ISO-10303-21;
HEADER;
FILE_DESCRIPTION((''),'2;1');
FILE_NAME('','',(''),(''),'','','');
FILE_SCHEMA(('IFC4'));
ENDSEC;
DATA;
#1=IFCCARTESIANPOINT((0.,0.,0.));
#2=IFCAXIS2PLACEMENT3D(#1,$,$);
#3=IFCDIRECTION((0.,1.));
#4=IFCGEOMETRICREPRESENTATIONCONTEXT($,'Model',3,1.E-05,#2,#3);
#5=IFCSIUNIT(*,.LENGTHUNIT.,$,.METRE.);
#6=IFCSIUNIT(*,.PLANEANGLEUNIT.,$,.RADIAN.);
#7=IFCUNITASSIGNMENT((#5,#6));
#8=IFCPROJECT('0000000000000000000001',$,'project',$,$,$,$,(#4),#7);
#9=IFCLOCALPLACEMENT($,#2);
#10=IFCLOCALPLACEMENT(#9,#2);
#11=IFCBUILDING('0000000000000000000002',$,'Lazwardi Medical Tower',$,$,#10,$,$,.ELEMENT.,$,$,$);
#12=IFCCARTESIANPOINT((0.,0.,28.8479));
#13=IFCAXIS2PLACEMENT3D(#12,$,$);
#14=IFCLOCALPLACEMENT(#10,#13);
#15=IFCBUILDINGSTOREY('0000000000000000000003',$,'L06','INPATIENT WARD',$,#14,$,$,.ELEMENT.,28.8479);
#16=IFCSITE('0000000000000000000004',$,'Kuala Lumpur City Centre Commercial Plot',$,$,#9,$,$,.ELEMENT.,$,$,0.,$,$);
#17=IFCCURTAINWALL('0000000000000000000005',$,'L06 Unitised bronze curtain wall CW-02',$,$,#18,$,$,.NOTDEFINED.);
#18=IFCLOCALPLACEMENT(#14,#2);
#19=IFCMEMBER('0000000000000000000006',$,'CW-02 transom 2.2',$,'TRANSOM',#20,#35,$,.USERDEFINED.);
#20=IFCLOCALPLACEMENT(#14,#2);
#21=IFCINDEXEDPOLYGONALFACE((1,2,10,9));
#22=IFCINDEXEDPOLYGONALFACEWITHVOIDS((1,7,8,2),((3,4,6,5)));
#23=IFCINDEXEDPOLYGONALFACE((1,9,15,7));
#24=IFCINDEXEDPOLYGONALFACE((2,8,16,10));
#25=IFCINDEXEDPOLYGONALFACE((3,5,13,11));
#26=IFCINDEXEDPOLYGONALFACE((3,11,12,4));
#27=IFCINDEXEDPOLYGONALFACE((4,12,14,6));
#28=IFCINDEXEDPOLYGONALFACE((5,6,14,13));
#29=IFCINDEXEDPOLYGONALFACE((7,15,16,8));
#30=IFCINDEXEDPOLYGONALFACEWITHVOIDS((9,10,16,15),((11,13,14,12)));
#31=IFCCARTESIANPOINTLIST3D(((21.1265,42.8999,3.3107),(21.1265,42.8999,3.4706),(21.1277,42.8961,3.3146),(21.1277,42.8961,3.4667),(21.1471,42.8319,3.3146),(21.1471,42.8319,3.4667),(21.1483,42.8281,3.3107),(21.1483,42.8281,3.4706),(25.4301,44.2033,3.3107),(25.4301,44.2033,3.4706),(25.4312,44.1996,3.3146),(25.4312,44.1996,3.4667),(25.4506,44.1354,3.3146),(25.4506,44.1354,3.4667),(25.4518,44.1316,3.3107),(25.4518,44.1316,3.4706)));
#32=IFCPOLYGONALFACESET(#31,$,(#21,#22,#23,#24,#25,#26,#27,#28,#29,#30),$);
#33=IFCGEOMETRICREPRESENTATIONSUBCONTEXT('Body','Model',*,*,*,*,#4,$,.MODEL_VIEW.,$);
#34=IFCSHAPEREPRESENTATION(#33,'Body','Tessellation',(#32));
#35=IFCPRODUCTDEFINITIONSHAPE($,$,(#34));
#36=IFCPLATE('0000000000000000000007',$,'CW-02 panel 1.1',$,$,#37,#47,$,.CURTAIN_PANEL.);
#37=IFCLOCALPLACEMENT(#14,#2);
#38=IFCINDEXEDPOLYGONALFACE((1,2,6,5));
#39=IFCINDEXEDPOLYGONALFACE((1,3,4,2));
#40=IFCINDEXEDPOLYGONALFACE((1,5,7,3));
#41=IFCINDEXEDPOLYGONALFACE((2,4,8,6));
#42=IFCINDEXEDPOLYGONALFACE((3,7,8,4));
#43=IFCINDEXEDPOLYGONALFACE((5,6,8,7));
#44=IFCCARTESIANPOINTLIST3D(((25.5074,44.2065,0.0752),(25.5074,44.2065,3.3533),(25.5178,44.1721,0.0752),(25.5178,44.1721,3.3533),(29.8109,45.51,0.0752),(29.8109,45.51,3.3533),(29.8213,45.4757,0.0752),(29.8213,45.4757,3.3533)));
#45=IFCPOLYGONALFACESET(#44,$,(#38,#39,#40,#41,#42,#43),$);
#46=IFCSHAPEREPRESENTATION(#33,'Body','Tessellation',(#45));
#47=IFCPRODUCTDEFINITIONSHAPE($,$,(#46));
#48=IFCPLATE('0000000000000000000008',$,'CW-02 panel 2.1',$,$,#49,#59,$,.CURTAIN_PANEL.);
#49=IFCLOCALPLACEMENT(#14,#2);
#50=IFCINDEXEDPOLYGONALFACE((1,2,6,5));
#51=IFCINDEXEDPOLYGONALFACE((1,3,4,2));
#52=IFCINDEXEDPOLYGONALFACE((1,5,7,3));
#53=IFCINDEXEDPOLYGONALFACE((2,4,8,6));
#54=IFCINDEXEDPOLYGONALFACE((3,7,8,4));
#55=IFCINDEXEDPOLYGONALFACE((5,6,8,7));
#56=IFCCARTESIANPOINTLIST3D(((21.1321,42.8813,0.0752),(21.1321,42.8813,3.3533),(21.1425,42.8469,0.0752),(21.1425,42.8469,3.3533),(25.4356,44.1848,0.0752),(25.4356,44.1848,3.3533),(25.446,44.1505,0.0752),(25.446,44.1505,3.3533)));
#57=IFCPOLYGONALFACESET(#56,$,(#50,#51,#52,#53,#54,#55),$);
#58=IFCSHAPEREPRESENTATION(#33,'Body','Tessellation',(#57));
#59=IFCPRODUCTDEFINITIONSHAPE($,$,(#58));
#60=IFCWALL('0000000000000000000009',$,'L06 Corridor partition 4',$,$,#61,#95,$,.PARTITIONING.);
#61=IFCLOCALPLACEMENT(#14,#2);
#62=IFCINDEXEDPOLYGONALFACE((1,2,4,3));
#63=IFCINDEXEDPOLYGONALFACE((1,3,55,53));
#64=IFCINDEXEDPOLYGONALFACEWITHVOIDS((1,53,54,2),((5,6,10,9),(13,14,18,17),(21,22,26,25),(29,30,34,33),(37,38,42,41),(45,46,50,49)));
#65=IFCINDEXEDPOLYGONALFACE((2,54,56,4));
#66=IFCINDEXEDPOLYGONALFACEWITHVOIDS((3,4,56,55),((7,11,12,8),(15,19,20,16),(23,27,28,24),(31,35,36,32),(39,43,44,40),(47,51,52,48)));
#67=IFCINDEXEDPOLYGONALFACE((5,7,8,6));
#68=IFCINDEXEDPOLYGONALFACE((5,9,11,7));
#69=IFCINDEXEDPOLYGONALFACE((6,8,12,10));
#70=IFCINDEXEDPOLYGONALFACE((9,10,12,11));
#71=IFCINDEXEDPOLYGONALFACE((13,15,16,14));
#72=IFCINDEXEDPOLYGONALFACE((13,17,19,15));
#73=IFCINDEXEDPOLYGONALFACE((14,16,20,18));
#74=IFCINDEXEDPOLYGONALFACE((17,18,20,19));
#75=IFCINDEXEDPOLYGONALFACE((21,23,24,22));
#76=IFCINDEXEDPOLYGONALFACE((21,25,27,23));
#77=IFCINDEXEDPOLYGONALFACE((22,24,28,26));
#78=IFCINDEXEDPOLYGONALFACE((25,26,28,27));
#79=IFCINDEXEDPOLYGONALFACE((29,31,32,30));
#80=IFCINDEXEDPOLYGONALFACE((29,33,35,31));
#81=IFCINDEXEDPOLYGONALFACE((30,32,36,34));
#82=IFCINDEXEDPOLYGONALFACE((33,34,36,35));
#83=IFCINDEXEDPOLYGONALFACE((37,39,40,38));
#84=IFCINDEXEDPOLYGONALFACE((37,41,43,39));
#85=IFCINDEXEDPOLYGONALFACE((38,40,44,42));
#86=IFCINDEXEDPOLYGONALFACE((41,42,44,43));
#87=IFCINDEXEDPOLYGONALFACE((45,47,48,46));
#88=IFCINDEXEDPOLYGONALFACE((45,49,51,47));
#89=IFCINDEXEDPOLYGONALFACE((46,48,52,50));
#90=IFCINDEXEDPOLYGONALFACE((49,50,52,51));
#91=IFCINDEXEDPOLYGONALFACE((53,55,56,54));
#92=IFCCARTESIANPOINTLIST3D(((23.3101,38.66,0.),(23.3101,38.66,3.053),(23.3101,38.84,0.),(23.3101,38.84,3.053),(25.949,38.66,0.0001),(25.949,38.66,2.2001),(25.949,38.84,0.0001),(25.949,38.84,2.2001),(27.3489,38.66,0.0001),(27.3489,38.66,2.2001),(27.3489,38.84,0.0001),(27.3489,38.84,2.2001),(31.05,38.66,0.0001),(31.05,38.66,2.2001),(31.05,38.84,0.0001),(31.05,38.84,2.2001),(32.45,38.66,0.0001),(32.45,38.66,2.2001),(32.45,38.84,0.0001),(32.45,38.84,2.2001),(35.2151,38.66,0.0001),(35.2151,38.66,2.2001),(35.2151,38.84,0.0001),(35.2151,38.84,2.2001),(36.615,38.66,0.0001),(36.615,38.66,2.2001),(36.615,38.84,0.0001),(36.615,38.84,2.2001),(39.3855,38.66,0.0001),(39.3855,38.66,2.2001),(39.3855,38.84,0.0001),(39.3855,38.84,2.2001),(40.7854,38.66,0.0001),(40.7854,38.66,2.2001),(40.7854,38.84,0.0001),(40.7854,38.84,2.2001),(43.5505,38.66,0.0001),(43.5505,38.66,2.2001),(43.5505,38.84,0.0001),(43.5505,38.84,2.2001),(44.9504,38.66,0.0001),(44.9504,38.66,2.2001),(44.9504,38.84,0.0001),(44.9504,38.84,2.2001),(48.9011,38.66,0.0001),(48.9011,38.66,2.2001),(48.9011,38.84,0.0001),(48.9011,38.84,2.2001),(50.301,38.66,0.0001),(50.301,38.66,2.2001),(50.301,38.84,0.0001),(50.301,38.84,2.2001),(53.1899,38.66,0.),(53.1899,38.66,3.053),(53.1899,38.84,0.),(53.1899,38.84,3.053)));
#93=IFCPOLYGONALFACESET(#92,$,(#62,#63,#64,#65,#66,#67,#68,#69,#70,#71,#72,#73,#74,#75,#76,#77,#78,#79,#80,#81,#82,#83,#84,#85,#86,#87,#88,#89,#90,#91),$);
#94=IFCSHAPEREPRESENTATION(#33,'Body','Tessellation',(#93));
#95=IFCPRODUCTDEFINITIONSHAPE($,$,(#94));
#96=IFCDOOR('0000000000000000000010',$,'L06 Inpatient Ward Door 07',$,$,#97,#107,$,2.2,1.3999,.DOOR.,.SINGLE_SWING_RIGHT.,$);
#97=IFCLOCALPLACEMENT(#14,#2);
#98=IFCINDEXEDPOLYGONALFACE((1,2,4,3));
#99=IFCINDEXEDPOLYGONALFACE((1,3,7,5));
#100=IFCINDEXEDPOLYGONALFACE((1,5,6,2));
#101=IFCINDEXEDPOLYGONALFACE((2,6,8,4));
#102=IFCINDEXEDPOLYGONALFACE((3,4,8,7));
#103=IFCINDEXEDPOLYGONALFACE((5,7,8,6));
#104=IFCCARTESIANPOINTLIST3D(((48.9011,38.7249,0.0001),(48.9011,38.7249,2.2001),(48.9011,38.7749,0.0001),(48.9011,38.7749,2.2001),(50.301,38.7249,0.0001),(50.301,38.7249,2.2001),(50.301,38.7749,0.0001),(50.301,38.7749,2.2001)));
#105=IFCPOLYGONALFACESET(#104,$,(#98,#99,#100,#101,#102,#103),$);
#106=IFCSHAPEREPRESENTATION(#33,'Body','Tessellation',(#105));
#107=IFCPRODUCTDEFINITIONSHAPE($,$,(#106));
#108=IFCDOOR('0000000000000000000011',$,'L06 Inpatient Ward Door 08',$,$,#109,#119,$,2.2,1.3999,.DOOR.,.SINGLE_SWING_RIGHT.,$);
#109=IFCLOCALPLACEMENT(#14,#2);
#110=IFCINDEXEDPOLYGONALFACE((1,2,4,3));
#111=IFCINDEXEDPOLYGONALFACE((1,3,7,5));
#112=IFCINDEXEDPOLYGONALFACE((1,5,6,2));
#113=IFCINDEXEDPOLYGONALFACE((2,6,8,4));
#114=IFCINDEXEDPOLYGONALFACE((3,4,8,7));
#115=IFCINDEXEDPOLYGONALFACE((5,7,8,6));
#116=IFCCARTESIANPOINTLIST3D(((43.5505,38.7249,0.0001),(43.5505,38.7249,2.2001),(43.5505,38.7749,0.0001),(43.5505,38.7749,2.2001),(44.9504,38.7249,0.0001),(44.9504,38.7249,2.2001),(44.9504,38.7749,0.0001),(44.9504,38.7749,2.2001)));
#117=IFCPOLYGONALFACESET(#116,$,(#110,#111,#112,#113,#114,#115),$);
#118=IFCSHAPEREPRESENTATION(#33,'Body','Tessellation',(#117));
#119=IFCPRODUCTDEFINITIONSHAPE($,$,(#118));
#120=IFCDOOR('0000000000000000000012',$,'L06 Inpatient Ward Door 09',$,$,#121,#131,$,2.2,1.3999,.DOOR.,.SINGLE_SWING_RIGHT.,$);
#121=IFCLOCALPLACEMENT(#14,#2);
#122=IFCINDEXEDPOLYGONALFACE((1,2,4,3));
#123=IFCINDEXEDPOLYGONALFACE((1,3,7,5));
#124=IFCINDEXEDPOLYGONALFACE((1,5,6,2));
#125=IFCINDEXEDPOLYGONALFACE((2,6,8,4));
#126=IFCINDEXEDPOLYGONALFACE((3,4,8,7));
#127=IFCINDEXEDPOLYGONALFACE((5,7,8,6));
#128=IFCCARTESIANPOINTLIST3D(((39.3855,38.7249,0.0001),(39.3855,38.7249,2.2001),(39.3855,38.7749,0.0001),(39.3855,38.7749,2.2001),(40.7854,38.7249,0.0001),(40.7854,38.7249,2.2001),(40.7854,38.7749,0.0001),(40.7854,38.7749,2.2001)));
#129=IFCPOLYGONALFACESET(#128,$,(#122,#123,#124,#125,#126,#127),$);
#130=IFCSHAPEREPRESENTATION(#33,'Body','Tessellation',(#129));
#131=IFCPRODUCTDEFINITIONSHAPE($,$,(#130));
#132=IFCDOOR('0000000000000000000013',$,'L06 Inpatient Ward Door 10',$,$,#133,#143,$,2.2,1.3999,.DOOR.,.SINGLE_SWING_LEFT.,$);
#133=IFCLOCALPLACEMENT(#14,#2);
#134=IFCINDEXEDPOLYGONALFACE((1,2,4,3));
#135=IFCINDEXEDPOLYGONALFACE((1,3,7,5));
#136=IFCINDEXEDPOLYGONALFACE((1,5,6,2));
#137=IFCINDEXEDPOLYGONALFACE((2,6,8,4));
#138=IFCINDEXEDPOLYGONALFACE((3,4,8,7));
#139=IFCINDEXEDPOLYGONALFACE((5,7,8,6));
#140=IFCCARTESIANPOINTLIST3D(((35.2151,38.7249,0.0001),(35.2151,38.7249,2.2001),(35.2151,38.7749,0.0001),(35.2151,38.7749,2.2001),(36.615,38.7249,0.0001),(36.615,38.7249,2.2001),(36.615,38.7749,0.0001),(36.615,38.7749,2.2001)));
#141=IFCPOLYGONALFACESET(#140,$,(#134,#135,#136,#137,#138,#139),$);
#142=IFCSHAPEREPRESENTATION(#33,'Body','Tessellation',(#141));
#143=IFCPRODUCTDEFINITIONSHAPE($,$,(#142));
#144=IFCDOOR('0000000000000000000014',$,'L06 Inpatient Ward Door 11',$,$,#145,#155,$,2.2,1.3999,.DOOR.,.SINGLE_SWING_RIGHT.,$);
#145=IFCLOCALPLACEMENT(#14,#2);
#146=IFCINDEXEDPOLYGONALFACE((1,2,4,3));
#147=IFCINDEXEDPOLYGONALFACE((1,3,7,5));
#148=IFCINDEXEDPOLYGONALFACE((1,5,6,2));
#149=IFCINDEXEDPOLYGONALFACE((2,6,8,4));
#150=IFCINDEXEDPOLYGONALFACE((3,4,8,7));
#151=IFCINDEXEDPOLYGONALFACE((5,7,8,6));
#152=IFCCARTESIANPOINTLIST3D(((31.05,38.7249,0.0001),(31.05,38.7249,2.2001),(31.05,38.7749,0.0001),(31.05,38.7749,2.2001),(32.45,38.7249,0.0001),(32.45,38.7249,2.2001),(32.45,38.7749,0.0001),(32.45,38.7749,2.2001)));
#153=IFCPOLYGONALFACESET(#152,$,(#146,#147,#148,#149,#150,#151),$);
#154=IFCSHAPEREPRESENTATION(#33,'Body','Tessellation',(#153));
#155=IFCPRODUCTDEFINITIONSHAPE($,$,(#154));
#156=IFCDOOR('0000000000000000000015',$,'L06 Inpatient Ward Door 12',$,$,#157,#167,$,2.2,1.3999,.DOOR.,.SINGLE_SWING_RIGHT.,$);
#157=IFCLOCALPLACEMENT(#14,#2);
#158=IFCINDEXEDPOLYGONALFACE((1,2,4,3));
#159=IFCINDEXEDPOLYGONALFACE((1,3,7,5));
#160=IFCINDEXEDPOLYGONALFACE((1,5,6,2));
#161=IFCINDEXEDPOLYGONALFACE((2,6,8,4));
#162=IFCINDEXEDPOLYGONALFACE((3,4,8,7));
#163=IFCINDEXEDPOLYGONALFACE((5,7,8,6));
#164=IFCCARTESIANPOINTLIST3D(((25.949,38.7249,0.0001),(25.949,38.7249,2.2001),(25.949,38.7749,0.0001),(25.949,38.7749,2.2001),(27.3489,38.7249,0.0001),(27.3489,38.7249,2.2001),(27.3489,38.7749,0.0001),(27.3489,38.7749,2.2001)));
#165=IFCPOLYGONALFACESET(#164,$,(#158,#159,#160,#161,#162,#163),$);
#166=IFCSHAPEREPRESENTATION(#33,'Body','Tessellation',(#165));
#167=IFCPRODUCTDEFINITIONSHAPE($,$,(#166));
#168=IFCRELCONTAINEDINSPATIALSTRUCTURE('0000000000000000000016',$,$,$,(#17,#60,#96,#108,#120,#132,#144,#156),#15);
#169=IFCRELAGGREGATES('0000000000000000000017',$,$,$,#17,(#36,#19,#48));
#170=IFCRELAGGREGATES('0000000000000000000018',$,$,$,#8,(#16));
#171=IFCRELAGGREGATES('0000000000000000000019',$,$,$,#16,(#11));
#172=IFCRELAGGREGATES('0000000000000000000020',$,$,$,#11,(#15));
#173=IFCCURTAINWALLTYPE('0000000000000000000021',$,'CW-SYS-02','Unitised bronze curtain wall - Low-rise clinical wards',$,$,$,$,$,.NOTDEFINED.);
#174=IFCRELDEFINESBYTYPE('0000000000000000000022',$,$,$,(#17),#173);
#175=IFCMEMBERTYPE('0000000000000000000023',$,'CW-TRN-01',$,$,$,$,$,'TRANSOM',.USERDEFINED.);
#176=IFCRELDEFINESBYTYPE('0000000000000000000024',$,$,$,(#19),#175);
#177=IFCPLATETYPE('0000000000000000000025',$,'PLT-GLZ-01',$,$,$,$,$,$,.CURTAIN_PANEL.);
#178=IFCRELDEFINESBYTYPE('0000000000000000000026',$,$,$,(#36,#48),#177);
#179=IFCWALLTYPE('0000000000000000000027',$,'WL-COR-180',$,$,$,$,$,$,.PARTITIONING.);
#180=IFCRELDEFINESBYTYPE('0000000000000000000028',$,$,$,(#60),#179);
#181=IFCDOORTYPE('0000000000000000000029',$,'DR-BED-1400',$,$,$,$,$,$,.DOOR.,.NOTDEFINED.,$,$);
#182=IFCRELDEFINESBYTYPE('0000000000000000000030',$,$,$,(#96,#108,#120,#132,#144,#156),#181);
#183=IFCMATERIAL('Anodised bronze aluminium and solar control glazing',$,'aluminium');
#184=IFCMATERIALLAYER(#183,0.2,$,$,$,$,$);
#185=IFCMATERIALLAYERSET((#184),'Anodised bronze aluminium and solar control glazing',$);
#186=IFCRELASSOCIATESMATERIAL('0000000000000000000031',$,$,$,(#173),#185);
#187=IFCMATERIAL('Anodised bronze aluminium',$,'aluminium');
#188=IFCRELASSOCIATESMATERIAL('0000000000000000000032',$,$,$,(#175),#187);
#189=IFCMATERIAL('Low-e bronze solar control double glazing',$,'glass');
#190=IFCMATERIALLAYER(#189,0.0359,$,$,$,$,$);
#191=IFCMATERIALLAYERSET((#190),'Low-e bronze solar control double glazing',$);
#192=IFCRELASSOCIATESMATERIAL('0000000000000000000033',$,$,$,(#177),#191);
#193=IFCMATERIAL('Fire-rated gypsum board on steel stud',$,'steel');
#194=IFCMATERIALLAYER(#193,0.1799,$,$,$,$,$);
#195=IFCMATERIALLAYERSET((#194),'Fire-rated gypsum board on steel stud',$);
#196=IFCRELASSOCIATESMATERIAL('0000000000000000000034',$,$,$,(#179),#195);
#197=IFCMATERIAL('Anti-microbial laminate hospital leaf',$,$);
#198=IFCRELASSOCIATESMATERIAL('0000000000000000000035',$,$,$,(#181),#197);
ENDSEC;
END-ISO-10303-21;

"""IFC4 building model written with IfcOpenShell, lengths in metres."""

from ifc_helpers import new_model, si_unit, direction, frame, frame_2d, origin, origin_2d, place, context, subcontext, project, spatial, rectangle, hollow_rectangle, extrude, material, layer, layer_set, material_profile, profile_set, type_object, element, fill, aggregate, save


model = new_model("IFC4")

# Units and contexts
model_context = context("Model", 3, precision=1e-05, world=origin(), true_north=direction((0.0, 1.0)))
body_context = subcontext(model_context, "Body", "Model", "MODEL_VIEW")
ifc_project = project(units=[si_unit("LENGTHUNIT", "METRE"), si_unit("PLANEANGLEUNIT", "RADIAN")], contexts=[model_context])

# Site, building, storey
site_placement = place(None, origin())
site = spatial("IfcSite", under=ifc_project, at=site_placement, Name="Kuala Lumpur City Centre Commercial Plot", CompositionType="ELEMENT", RefElevation=0.0)
building_placement = place(site_placement, origin())
building = spatial("IfcBuilding", under=site, at=building_placement, Name="Lazwardi Medical Tower", CompositionType="ELEMENT")
storey_placement = place(building_placement, frame((0.0, 0.0, 28.8479)))
storey = spatial("IfcBuildingStorey", under=building, at=storey_placement, Name="L06", Description="INPATIENT WARD", CompositionType="ELEMENT", Elevation=28.8479)

# Curtain wall, member, plates
ifc_material_1 = material(Name="Anodised bronze aluminium and solar control glazing", Category="aluminium")
ifc_layer_1 = layer(ifc_material_1, 0.2)
ifc_layer_set_1 = layer_set([ifc_layer_1], Name="Anodised bronze aluminium and solar control glazing")
curtain_wall_type = type_object("IfcCurtainWallType", Name="CW-SYS-02", Description="Unitised bronze curtain wall - Low-rise clinical wards", PredefinedType="NOTDEFINED", material=ifc_layer_set_1)
curtain_wall_placement = place(storey_placement, origin())
curtain_wall = element("IfcCurtainWall", 1, at=curtain_wall_placement, inside=storey, type_object=curtain_wall_type, Name="L06 Unitised bronze curtain wall CW-02", PredefinedType="NOTDEFINED")
ifc_material_2 = material(Name="Anodised bronze aluminium", Category="aluminium")
ifc_material_profile_1 = material_profile(ifc_material_2, hollow_rectangle(XDim=0.075, YDim=0.1599, WallThickness=0.0039, at=origin_2d()), Name="ALU-TRANSOM 160x75x4")
ifc_profile_set_1 = profile_set([ifc_material_profile_1], Name="Anodised bronze aluminium")
member_type_1 = type_object("IfcMemberType", Name="CW-TRN-01", ElementType="TRANSOM", PredefinedType="USERDEFINED", material=ifc_profile_set_1)
member_1_placement = place(storey_placement, frame((25.4409, 44.1675, 3.3906), z_axis=(-0.957062, -0.289882, 0.0), x_axis=(0.289882, -0.957062, 0.0)))
member_1 = element("IfcMember", 2, at=member_1_placement, type_object=member_type_1, Name="CW-02 transom 2.2", ObjectType="TRANSOM", PredefinedType="USERDEFINED", context=body_context, shape_type="SweptSolid", body=[
    extrude(hollow_rectangle(XDim=0.075, YDim=0.1599, WallThickness=0.0039, at=origin_2d()), origin(), (0.0, 0.0, 1.0), 4.4966),
])
ifc_material_3 = material(Name="Low-e bronze solar control double glazing", Category="glass")
ifc_layer_2 = layer(ifc_material_3, 0.0359)
ifc_layer_set_2 = layer_set([ifc_layer_2], Name="Low-e bronze solar control double glazing")
plate_type = type_object("IfcPlateType", Name="PLT-GLZ-01", PredefinedType="CURTAIN_PANEL", material=ifc_layer_set_2)
plate_1_placement = place(storey_placement, frame((27.6643, 44.8411, 0.0752), z_axis=(0.0, 0.0, 1.0), x_axis=(-0.957058, -0.289896, 0.0)))
plate_1 = element("IfcPlate", 3, at=plate_1_placement, type_object=plate_type, Name="CW-02 panel 1.1", PredefinedType="CURTAIN_PANEL", context=body_context, shape_type="SweptSolid", body=[
    extrude(rectangle(XDim=4.4966, YDim=0.0359, at=origin_2d()), origin(), (0.0, 0.0, 1.0), 3.2781),
])
plate_2_placement = place(storey_placement, frame((23.2891, 43.5159, 0.0752), z_axis=(0.0, 0.0, 1.0), x_axis=(-0.957058, -0.289896, 0.0)))
plate_2 = element("IfcPlate", 4, at=plate_2_placement, type_object=plate_type, Name="CW-02 panel 2.1", PredefinedType="CURTAIN_PANEL", context=body_context, shape_type="SweptSolid", body=[
    extrude(rectangle(XDim=4.4966, YDim=0.0359, at=origin_2d()), origin(), (0.0, 0.0, 1.0), 3.2781),
])
aggregate(curtain_wall, [plate_1, member_1, plate_2])

# Wall, openings, doors
ifc_material_4 = material(Name="Fire-rated gypsum board on steel stud", Category="steel")
ifc_layer_3 = layer(ifc_material_4, 0.1799)
ifc_layer_set_3 = layer_set([ifc_layer_3], Name="Fire-rated gypsum board on steel stud")
wall_type_1 = type_object("IfcWallType", Name="WL-COR-180", PredefinedType="PARTITIONING", material=ifc_layer_set_3)
wall_1_placement = place(storey_placement, frame((23.3101, 38.75, 0.0), z_axis=(0.0, 0.0, 1.0), x_axis=(1.0, 0.0, 0.0)))
wall_1 = element("IfcWall", 5, at=wall_1_placement, inside=storey, type_object=wall_type_1, Name="L06 Corridor partition 4", PredefinedType="PARTITIONING", context=body_context, shape_type="SweptSolid", body=[
    extrude(rectangle(XDim=29.8799, YDim=0.1799, at=frame_2d((14.9399, 0.0))), origin(), (0.0, 0.0, 1.0), 3.053),
])
opening_1_placement = place(wall_1_placement, frame((25.5911, 0.0, 0.0)))
opening_1 = element("IfcOpeningElement", 6, at=opening_1_placement, cuts=wall_1, PredefinedType="OPENING", context=body_context, shape_type="SweptSolid", body=[
    extrude(rectangle(XDim=1.3999, YDim=2.2, at=frame_2d((0.7, 1.1001))), frame((0.0, 0.0999, 0.0), z_axis=(0.0, -1.0, 0.0), x_axis=(1.0, 0.0, 0.0)), (0.0, 0.0, 1.0), 0.2),
])
opening_2_placement = place(wall_1_placement, frame((20.2405, 0.0, 0.0)))
opening_2 = element("IfcOpeningElement", 7, at=opening_2_placement, cuts=wall_1, PredefinedType="OPENING", context=body_context, shape_type="SweptSolid", body=[
    extrude(rectangle(XDim=1.3999, YDim=2.2, at=frame_2d((0.7, 1.1001))), frame((0.0, 0.0999, 0.0), z_axis=(0.0, -1.0, 0.0), x_axis=(1.0, 0.0, 0.0)), (0.0, 0.0, 1.0), 0.2),
])
opening_3_placement = place(wall_1_placement, frame((16.0754, 0.0, 0.0)))
opening_3 = element("IfcOpeningElement", 8, at=opening_3_placement, cuts=wall_1, PredefinedType="OPENING", context=body_context, shape_type="SweptSolid", body=[
    extrude(rectangle(XDim=1.3999, YDim=2.2, at=frame_2d((0.7, 1.1001))), frame((0.0, 0.0999, 0.0), z_axis=(0.0, -1.0, 0.0), x_axis=(1.0, 0.0, 0.0)), (0.0, 0.0, 1.0), 0.2),
])
opening_4_placement = place(wall_1_placement, frame((11.905, 0.0, 0.0)))
opening_4 = element("IfcOpeningElement", 9, at=opening_4_placement, cuts=wall_1, PredefinedType="OPENING", context=body_context, shape_type="SweptSolid", body=[
    extrude(rectangle(XDim=1.3999, YDim=2.2, at=frame_2d((0.7, 1.1001))), frame((0.0, 0.0999, 0.0), z_axis=(0.0, -1.0, 0.0), x_axis=(1.0, 0.0, 0.0)), (0.0, 0.0, 1.0), 0.2),
])
opening_5_placement = place(wall_1_placement, frame((7.74, 0.0, 0.0)))
opening_5 = element("IfcOpeningElement", 10, at=opening_5_placement, cuts=wall_1, PredefinedType="OPENING", context=body_context, shape_type="SweptSolid", body=[
    extrude(rectangle(XDim=1.3999, YDim=2.2, at=frame_2d((0.7, 1.1001))), frame((0.0, 0.0999, 0.0), z_axis=(0.0, -1.0, 0.0), x_axis=(1.0, 0.0, 0.0)), (0.0, 0.0, 1.0), 0.2),
])
opening_6_placement = place(wall_1_placement, frame((2.6389, 0.0, 0.0)))
opening_6 = element("IfcOpeningElement", 11, at=opening_6_placement, cuts=wall_1, PredefinedType="OPENING", context=body_context, shape_type="SweptSolid", body=[
    extrude(rectangle(XDim=1.3999, YDim=2.2, at=frame_2d((0.7, 1.1001))), frame((0.0, 0.0999, 0.0), z_axis=(0.0, -1.0, 0.0), x_axis=(1.0, 0.0, 0.0)), (0.0, 0.0, 1.0), 0.2),
])
ifc_material_5 = material(Name="Anti-microbial laminate hospital leaf")
door_type = type_object("IfcDoorType", Name="DR-BED-1400", OperationType="NOTDEFINED", PredefinedType="DOOR", material=ifc_material_5)
door_1_placement = place(opening_1_placement, origin())
door_1 = element("IfcDoor", 12, at=door_1_placement, inside=storey, type_object=door_type, Name="L06 Inpatient Ward Door 07", OperationType="SINGLE_SWING_RIGHT", OverallHeight=2.2, OverallWidth=1.3999, PredefinedType="DOOR", context=body_context, shape_type="SweptSolid", body=[
    extrude(rectangle(XDim=1.3999, YDim=2.2, at=frame_2d((0.7, 1.1001))), frame((0.0, 0.0249, 0.0), z_axis=(0.0, -1.0, 0.0), x_axis=(1.0, 0.0, 0.0)), (0.0, 0.0, 1.0), 0.05),
])
fill(opening_1, door_1)
door_2_placement = place(opening_2_placement, origin())
door_2 = element("IfcDoor", 13, at=door_2_placement, inside=storey, type_object=door_type, Name="L06 Inpatient Ward Door 08", OperationType="SINGLE_SWING_RIGHT", OverallHeight=2.2, OverallWidth=1.3999, PredefinedType="DOOR", context=body_context, shape_type="SweptSolid", body=[
    extrude(rectangle(XDim=1.3999, YDim=2.2, at=frame_2d((0.7, 1.1001))), frame((0.0, 0.0249, 0.0), z_axis=(0.0, -1.0, 0.0), x_axis=(1.0, 0.0, 0.0)), (0.0, 0.0, 1.0), 0.05),
])
fill(opening_2, door_2)
door_3_placement = place(opening_3_placement, origin())
door_3 = element("IfcDoor", 14, at=door_3_placement, inside=storey, type_object=door_type, Name="L06 Inpatient Ward Door 09", OperationType="SINGLE_SWING_RIGHT", OverallHeight=2.2, OverallWidth=1.3999, PredefinedType="DOOR", context=body_context, shape_type="SweptSolid", body=[
    extrude(rectangle(XDim=1.3999, YDim=2.2, at=frame_2d((0.7, 1.1001))), frame((0.0, 0.0249, 0.0), z_axis=(0.0, -1.0, 0.0), x_axis=(1.0, 0.0, 0.0)), (0.0, 0.0, 1.0), 0.05),
])
fill(opening_3, door_3)
door_4_placement = place(opening_4_placement, origin())
door_4 = element("IfcDoor", 15, at=door_4_placement, inside=storey, type_object=door_type, Name="L06 Inpatient Ward Door 10", OperationType="SINGLE_SWING_LEFT", OverallHeight=2.2, OverallWidth=1.3999, PredefinedType="DOOR", context=body_context, shape_type="SweptSolid", body=[
    extrude(rectangle(XDim=1.3999, YDim=2.2, at=frame_2d((0.7, 1.1001))), frame((0.0, 0.0249, 0.0), z_axis=(0.0, -1.0, 0.0), x_axis=(1.0, 0.0, 0.0)), (0.0, 0.0, 1.0), 0.05),
])
fill(opening_4, door_4)
door_5_placement = place(opening_5_placement, origin())
door_5 = element("IfcDoor", 16, at=door_5_placement, inside=storey, type_object=door_type, Name="L06 Inpatient Ward Door 11", OperationType="SINGLE_SWING_RIGHT", OverallHeight=2.2, OverallWidth=1.3999, PredefinedType="DOOR", context=body_context, shape_type="SweptSolid", body=[
    extrude(rectangle(XDim=1.3999, YDim=2.2, at=frame_2d((0.7, 1.1001))), frame((0.0, 0.0249, 0.0), z_axis=(0.0, -1.0, 0.0), x_axis=(1.0, 0.0, 0.0)), (0.0, 0.0, 1.0), 0.05),
])
fill(opening_5, door_5)
door_6_placement = place(opening_6_placement, origin())
door_6 = element("IfcDoor", 17, at=door_6_placement, inside=storey, type_object=door_type, Name="L06 Inpatient Ward Door 12", OperationType="SINGLE_SWING_RIGHT", OverallHeight=2.2, OverallWidth=1.3999, PredefinedType="DOOR", context=body_context, shape_type="SweptSolid", body=[
    extrude(rectangle(XDim=1.3999, YDim=2.2, at=frame_2d((0.7, 1.1001))), frame((0.0, 0.0249, 0.0), z_axis=(0.0, -1.0, 0.0), x_axis=(1.0, 0.0, 0.0)), (0.0, 0.0, 1.0), 0.05),
])
fill(opening_6, door_6)

save(model, "model.ifc")
